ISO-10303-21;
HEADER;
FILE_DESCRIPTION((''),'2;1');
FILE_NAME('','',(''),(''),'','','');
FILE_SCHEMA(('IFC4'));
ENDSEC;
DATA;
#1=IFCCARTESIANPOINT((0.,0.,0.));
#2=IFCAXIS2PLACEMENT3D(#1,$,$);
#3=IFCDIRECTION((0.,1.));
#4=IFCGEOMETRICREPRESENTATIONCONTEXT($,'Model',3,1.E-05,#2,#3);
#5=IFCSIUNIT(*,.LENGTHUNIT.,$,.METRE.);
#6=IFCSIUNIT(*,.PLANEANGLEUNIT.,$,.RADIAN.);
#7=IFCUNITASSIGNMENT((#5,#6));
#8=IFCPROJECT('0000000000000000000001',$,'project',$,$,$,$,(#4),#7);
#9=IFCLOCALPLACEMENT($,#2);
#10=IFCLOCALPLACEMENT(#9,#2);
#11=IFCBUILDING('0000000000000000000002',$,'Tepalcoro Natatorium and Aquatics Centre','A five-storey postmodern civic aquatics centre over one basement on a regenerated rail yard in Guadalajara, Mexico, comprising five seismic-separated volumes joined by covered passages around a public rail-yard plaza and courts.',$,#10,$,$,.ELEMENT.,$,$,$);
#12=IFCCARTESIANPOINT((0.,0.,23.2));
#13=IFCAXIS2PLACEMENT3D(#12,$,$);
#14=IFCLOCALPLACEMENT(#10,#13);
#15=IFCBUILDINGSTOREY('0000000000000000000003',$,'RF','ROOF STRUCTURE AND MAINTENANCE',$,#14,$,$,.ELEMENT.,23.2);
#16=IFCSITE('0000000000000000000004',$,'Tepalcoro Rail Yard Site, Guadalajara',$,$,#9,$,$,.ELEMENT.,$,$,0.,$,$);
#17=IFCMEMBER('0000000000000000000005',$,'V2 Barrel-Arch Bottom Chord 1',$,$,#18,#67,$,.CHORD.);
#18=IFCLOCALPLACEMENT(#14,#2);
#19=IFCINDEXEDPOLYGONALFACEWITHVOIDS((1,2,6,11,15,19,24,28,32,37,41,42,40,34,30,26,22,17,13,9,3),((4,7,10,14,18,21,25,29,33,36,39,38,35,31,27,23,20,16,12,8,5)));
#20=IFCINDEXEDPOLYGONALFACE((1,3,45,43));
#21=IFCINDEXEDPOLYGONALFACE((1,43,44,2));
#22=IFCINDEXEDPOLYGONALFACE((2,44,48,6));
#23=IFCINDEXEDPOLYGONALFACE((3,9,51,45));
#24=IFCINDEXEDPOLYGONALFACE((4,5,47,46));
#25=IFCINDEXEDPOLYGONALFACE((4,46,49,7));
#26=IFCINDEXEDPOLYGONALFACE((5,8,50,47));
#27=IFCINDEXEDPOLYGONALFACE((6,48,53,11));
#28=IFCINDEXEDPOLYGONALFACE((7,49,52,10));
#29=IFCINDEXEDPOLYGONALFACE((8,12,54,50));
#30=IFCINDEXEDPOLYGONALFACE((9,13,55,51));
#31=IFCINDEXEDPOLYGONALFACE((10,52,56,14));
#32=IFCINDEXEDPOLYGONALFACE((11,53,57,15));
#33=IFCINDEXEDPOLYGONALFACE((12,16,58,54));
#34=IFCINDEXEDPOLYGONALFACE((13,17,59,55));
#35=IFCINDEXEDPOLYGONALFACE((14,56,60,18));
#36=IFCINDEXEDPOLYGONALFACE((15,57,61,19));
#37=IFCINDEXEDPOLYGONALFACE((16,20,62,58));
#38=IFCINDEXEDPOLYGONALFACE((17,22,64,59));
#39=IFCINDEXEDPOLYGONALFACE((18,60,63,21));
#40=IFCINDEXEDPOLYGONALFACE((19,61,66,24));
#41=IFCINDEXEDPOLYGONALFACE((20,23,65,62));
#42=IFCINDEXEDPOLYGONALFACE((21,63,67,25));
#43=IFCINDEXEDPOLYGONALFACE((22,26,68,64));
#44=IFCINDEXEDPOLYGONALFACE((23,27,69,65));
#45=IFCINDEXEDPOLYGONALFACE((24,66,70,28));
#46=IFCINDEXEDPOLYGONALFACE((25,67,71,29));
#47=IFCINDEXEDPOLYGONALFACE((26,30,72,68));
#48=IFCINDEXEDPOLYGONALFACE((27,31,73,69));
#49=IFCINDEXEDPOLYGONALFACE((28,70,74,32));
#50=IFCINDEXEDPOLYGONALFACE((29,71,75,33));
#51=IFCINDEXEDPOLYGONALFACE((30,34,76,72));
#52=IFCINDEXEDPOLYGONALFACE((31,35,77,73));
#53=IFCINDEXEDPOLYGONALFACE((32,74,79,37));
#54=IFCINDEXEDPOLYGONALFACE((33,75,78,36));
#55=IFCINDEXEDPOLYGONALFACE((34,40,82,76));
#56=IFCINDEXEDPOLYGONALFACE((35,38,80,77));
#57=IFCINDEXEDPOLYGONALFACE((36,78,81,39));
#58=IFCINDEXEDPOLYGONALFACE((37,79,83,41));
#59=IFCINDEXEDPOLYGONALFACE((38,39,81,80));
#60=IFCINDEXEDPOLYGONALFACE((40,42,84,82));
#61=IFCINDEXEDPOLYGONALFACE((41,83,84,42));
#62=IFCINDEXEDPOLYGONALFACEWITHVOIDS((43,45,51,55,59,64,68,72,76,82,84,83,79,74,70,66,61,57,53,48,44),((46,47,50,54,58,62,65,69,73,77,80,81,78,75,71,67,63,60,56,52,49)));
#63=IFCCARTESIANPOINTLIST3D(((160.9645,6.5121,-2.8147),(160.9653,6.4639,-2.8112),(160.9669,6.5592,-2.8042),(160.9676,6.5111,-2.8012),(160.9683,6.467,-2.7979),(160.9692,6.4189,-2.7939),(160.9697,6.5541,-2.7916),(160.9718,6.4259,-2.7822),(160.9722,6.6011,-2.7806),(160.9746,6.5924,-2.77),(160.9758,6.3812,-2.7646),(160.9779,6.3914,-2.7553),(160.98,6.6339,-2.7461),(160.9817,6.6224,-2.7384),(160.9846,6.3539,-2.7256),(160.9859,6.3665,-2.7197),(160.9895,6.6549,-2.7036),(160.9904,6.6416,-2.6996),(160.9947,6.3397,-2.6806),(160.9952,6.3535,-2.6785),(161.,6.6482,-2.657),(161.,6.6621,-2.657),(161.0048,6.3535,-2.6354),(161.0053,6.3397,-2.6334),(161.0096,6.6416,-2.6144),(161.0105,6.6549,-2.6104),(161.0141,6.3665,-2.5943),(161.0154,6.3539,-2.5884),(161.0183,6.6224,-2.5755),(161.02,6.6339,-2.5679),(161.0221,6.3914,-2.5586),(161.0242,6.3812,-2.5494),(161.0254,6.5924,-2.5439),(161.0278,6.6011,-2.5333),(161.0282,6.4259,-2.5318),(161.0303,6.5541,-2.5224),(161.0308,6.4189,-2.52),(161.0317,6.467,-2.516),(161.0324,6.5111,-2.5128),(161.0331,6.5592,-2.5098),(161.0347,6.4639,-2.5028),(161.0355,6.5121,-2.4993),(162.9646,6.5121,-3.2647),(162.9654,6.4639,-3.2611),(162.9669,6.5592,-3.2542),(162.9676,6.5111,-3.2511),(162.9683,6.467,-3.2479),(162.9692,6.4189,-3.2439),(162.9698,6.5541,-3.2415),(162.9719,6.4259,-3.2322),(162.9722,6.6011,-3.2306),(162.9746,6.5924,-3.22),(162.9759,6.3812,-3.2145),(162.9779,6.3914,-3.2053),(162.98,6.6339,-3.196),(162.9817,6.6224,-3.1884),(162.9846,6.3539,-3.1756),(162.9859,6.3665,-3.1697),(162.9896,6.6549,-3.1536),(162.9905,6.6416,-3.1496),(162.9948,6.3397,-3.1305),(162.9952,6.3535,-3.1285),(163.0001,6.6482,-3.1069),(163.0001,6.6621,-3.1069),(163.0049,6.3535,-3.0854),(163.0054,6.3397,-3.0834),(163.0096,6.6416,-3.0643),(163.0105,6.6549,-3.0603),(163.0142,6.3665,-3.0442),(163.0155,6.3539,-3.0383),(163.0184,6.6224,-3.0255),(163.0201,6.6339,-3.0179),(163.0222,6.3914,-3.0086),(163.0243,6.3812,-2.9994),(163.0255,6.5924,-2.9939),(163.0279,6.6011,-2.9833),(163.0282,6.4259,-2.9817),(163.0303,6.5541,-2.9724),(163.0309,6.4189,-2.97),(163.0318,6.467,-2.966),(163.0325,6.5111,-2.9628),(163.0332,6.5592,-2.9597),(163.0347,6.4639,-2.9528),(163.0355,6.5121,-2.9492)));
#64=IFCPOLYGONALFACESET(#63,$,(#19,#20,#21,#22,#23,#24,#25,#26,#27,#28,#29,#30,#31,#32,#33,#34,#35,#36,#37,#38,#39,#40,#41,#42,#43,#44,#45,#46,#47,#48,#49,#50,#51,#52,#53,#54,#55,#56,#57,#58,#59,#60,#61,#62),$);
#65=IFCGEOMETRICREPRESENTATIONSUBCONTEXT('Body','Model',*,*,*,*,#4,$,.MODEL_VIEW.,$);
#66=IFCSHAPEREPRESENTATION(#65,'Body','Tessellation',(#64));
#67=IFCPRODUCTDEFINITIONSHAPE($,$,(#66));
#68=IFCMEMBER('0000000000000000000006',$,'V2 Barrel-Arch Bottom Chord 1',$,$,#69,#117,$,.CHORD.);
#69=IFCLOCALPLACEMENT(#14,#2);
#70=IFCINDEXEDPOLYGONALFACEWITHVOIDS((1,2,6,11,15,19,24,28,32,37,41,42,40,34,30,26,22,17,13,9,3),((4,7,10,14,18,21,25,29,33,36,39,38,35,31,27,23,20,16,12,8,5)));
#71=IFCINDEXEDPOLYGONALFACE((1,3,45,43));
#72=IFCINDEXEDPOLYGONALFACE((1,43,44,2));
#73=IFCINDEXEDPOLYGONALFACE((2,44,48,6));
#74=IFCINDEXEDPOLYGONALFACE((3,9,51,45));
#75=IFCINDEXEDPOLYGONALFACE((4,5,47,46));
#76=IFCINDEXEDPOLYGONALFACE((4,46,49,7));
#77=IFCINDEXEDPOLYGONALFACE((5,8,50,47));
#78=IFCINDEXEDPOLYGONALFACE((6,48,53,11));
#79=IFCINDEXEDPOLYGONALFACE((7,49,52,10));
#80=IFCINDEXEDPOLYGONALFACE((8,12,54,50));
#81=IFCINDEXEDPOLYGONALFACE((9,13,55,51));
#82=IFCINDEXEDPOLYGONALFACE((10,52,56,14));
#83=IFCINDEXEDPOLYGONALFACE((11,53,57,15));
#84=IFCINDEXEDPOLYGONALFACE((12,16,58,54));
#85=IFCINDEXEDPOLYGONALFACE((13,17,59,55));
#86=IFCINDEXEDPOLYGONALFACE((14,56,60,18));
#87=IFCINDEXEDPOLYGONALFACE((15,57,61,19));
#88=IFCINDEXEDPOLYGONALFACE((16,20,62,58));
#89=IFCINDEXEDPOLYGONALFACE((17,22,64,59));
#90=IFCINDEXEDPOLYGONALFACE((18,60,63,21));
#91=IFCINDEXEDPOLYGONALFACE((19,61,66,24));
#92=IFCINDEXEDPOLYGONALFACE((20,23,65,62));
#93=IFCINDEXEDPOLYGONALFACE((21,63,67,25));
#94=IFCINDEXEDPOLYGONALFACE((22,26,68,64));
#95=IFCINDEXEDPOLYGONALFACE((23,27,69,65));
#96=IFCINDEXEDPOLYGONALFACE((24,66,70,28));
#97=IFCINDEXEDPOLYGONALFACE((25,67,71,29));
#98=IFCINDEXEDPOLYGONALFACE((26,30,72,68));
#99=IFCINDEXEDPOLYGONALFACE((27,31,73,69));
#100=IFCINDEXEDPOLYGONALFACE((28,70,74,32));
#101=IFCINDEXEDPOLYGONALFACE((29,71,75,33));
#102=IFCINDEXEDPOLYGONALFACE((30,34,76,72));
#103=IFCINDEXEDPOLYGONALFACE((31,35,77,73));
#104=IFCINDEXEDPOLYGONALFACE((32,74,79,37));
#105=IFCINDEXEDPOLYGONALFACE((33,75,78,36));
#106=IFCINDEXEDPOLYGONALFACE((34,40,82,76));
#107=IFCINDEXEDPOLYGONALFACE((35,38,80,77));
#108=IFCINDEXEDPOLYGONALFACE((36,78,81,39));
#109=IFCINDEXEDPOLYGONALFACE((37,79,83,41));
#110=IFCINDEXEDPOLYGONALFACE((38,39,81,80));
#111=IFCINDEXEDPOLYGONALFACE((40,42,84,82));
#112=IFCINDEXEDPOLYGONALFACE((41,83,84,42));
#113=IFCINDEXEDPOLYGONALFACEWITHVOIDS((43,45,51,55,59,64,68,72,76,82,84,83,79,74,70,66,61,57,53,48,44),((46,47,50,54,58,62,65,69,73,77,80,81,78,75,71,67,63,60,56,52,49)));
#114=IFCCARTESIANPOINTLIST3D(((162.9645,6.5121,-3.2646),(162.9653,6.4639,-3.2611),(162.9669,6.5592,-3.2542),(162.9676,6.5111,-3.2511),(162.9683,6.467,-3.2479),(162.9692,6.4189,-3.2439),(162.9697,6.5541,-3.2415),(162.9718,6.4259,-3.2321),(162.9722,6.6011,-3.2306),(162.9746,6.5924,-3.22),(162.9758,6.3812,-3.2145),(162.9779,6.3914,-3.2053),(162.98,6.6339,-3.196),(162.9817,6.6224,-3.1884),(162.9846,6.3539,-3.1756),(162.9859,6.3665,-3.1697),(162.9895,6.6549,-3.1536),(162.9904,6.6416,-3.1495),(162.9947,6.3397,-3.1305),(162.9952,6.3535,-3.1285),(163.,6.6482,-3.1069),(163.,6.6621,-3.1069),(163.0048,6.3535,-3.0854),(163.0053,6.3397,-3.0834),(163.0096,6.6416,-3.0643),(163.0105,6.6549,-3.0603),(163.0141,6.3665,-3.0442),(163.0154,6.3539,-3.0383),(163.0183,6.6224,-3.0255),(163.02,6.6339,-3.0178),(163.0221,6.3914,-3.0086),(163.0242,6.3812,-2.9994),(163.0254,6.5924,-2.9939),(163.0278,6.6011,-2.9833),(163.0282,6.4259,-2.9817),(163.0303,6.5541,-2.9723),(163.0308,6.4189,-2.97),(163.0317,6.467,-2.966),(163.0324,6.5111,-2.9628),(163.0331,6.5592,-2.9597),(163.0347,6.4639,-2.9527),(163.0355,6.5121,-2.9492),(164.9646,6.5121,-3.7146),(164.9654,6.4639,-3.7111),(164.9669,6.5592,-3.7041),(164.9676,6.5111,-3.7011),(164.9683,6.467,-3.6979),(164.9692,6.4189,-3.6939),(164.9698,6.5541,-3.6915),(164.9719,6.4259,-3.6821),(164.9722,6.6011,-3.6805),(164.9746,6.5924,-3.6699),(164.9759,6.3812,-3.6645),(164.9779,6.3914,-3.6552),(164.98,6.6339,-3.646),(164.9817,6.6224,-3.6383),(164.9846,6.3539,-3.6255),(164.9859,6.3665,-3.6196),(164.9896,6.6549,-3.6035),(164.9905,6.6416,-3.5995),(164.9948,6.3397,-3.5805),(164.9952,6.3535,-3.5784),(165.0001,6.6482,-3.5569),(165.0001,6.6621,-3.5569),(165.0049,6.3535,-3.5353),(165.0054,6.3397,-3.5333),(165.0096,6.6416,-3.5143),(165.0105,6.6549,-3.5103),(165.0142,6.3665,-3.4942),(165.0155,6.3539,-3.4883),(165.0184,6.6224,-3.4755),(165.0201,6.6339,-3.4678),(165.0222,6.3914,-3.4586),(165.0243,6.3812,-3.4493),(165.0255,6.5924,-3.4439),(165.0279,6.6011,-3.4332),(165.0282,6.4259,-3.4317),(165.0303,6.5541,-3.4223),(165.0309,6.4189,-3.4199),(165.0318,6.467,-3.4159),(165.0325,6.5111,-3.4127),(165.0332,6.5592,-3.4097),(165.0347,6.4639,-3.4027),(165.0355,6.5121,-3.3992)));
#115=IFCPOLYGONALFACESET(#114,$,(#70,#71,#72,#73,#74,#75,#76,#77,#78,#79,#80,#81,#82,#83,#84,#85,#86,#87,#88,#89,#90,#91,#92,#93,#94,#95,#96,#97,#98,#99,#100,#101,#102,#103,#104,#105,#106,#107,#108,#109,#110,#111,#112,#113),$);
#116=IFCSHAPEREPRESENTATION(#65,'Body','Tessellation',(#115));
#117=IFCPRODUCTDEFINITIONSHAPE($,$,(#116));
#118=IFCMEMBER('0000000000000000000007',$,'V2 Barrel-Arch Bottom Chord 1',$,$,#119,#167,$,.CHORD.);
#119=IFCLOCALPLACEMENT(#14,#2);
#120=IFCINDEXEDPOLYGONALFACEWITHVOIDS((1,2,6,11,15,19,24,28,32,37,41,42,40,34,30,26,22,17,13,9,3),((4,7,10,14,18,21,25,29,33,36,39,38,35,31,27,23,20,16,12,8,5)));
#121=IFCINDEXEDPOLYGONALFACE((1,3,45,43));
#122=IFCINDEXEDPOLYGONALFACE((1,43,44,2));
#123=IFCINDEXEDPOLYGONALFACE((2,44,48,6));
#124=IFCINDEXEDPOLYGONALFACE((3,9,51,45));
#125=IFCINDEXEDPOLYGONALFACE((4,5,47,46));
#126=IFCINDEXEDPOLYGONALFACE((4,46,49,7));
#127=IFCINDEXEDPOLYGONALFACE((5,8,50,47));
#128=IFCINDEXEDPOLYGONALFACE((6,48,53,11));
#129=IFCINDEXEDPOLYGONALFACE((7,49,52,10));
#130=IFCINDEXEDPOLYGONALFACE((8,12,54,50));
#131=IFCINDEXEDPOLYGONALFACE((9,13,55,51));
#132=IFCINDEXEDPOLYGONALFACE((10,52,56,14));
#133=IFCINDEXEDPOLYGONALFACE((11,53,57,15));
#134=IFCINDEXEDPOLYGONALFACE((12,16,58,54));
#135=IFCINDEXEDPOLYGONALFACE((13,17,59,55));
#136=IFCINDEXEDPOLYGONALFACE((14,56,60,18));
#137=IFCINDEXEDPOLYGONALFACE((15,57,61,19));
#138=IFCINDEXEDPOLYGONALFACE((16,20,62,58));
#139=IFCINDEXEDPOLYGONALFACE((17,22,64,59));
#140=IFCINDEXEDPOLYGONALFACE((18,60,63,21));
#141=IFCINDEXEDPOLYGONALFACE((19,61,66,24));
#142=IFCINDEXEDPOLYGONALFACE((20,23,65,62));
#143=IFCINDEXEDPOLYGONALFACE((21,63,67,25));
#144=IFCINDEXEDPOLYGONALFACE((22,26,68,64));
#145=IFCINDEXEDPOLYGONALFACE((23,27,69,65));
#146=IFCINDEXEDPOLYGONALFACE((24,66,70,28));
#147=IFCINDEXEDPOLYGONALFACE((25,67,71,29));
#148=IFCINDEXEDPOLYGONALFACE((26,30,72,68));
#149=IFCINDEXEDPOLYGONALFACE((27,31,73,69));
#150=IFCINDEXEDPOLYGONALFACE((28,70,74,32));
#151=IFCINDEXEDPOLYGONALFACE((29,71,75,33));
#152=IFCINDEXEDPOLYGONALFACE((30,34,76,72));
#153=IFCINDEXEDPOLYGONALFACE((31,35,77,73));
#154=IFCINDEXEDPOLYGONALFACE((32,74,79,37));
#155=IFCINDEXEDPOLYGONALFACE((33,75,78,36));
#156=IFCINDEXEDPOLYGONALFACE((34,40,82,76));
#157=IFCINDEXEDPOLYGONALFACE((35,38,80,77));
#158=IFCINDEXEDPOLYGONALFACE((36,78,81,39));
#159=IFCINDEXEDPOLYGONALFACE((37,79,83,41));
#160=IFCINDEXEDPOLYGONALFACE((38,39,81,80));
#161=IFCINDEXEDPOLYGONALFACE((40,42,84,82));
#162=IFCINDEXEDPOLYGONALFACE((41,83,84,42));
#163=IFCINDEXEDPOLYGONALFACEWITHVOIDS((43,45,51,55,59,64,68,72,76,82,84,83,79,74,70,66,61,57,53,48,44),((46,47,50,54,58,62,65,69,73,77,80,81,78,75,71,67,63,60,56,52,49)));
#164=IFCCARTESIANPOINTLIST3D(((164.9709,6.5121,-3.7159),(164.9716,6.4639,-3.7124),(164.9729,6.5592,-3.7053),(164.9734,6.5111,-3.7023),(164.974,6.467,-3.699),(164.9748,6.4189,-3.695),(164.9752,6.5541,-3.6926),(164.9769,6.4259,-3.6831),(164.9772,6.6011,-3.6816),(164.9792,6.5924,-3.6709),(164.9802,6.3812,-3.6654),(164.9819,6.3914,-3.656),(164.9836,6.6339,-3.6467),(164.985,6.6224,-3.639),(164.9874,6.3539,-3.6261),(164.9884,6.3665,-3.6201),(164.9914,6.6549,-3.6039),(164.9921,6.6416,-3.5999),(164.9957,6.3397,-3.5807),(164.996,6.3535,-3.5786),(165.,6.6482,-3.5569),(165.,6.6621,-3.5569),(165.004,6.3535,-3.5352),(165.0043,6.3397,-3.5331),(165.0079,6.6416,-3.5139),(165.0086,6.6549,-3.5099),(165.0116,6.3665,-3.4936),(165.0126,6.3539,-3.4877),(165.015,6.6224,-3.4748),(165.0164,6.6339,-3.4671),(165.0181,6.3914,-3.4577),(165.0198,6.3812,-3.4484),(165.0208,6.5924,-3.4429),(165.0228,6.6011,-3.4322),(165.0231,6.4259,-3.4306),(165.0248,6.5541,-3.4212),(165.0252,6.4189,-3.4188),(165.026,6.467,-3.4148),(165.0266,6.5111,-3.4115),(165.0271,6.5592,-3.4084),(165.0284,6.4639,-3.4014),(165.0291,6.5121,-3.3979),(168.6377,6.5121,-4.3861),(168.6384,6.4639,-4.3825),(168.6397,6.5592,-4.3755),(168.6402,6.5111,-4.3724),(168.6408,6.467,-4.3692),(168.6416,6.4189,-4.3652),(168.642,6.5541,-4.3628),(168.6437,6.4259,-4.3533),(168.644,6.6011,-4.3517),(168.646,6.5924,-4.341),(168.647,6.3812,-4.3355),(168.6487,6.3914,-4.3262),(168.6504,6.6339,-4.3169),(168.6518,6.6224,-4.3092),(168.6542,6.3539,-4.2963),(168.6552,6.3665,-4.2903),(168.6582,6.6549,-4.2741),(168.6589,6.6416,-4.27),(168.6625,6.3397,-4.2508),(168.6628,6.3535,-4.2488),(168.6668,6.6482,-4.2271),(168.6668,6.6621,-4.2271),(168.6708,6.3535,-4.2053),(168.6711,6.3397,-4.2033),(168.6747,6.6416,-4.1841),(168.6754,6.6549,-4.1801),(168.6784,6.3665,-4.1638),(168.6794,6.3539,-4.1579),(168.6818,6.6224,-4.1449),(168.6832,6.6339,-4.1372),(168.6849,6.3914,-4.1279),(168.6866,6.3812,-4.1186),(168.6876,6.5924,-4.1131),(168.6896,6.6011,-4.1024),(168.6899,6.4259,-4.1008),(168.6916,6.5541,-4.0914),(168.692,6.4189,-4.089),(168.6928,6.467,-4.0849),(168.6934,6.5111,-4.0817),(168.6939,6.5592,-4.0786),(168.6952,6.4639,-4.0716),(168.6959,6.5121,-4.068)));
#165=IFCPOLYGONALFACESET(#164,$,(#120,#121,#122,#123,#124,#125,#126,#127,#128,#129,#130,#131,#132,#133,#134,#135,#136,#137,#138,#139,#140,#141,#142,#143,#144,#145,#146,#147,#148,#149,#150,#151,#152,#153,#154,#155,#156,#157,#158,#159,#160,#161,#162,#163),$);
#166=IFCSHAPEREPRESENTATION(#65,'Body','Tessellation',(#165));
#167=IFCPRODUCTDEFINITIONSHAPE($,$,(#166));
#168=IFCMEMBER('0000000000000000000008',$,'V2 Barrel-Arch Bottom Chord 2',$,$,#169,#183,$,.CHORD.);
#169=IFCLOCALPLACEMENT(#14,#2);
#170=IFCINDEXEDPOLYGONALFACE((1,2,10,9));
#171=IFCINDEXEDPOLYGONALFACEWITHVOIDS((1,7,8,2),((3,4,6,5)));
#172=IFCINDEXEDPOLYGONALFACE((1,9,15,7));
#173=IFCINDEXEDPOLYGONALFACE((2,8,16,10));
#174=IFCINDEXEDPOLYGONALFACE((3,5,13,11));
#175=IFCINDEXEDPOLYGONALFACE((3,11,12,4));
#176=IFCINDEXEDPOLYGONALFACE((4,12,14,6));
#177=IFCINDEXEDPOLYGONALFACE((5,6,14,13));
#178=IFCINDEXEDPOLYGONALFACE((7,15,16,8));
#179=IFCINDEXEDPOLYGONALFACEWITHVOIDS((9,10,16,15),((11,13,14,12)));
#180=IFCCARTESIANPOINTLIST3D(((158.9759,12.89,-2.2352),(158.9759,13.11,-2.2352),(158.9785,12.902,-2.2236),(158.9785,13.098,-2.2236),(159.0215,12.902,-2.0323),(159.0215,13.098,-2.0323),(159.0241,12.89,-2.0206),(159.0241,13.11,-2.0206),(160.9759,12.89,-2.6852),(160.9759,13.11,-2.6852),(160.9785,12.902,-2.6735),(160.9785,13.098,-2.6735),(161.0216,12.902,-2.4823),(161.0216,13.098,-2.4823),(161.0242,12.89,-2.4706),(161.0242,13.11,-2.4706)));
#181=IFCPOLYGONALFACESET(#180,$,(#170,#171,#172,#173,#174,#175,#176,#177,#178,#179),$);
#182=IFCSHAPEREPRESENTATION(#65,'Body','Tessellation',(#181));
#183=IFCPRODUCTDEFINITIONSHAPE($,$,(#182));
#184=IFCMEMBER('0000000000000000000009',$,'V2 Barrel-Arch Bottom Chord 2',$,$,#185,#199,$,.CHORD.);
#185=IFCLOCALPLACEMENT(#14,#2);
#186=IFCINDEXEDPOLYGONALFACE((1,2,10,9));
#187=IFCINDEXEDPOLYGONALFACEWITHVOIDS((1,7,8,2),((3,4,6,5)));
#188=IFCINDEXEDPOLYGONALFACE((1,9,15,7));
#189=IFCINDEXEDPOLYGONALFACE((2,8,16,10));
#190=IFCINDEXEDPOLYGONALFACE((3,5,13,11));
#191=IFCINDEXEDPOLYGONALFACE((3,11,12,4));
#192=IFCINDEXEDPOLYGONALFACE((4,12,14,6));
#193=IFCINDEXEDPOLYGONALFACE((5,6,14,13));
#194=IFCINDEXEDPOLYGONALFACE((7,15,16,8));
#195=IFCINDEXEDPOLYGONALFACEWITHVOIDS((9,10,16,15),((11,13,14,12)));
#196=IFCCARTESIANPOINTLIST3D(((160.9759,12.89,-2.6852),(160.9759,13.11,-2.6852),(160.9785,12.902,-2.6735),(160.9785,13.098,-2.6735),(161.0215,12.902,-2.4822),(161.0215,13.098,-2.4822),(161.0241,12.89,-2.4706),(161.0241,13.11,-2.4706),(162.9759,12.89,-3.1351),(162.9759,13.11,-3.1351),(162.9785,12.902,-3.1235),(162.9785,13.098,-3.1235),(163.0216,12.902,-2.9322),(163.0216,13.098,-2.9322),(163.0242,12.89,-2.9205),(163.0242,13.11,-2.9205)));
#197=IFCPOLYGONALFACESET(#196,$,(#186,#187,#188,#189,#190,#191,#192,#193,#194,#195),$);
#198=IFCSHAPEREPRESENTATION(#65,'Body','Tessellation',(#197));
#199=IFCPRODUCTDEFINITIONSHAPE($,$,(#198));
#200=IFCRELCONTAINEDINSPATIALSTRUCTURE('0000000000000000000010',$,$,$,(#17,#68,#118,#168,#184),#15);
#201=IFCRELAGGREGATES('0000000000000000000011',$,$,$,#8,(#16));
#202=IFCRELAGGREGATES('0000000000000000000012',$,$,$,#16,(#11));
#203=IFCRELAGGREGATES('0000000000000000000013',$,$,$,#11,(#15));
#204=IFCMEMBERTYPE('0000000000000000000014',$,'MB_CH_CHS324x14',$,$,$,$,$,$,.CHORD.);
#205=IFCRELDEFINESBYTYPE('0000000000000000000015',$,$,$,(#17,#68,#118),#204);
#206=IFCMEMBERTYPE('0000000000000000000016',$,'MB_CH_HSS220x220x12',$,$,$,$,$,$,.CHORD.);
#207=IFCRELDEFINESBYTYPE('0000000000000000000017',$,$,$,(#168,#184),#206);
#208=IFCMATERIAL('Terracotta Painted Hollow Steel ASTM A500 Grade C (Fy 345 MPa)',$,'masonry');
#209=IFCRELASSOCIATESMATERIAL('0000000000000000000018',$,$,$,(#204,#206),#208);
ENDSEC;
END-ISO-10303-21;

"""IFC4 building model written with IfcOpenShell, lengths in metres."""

from ifc_helpers import new_model, si_unit, direction, frame, origin, origin_2d, place, context, subcontext, project, spatial, hollow_rectangle, hollow_circle, extrude, material, material_profile, profile_set, type_object, element, save


model = new_model("IFC4")

# Units and contexts
model_context = context("Model", 3, precision=1e-05, world=origin(), true_north=direction((0.0, 1.0)))
body_context = subcontext(model_context, "Body", "Model", "MODEL_VIEW")
ifc_project = project(units=[si_unit("LENGTHUNIT", "METRE"), si_unit("PLANEANGLEUNIT", "RADIAN")], contexts=[model_context])

# Site, building, storey
site_placement = place(None, origin())
site = spatial("IfcSite", under=ifc_project, at=site_placement, Name="Tepalcoro Rail Yard Site, Guadalajara", CompositionType="ELEMENT", RefElevation=0.0)
building_placement = place(site_placement, origin())
building = spatial("IfcBuilding", under=site, at=building_placement, Name="Tepalcoro Natatorium and Aquatics Centre", Description="A five-storey postmodern civic aquatics centre over one basement on a regenerated rail yard in Guadalajara, Mexico, comprising five seismic-separated volumes joined by covered passages around a public rail-yard plaza and courts.", CompositionType="ELEMENT")
storey_placement = place(building_placement, frame((0.0, 0.0, 23.2)))
storey = spatial("IfcBuildingStorey", under=building, at=storey_placement, Name="RF", Description="ROOF STRUCTURE AND MAINTENANCE", CompositionType="ELEMENT", Elevation=23.2)

# Shared definitions
ifc_material_1 = material(Name="Terracotta Painted Hollow Steel ASTM A500 Grade C (Fy 345 MPa)", Category="masonry")

# Members
ifc_material_profile_1 = material_profile(ifc_material_1, hollow_circle(Radius=0.1621, WallThickness=0.0139, at=origin_2d()), Name="CHS324X14")
ifc_profile_set_1 = profile_set([ifc_material_profile_1], Name="Terracotta Painted Hollow Steel ASTM A500 Grade C (Fy 345 MPa)")
member_type_1 = type_object("IfcMemberType", Name="MB_CH_CHS324x14", PredefinedType="CHORD", material=ifc_profile_set_1)
for number, where, z_axis, x_axis, name in (
    (1, (161.0, 6.5, -2.657), (0.975615, 0.0, -0.21949), (0.0, 1.0, 0.0), "V2 Barrel-Arch Bottom Chord 1"),
    (2, (163.0, 6.5, -3.1069), (0.975615, 0.0, -0.21949), (0.0, 1.0, 0.0), "V2 Barrel-Arch Bottom Chord 1"),
):
    element("IfcMember", number, at=place(storey_placement, frame(where, z_axis=z_axis, x_axis=x_axis)), inside=storey, type_object=member_type_1, Name=name, PredefinedType="CHORD", context=body_context, shape_type="SweptSolid", body=[
        extrude(hollow_circle(Radius=0.1621, WallThickness=0.0139, at=origin_2d()), origin(), (0.0, 0.0, 1.0), 2.05),
    ])
member_1_placement = place(storey_placement, frame((165.0, 6.5, -3.5569), z_axis=(0.983705, 0.0, -0.17979), x_axis=(0.0, 1.0, 0.0)))
element("IfcMember", 3, at=member_1_placement, inside=storey, type_object=member_type_1, Name="V2 Barrel-Arch Bottom Chord 1", PredefinedType="CHORD", context=body_context, shape_type="SweptSolid", body=[
    extrude(hollow_circle(Radius=0.1621, WallThickness=0.0139, at=origin_2d()), origin(), (0.0, 0.0, 1.0), 3.7275),
])
ifc_material_profile_2 = material_profile(ifc_material_1, hollow_rectangle(XDim=0.22, YDim=0.22, WallThickness=0.012, at=origin_2d()), Name="HSS220X220X12")
ifc_profile_set_2 = profile_set([ifc_material_profile_2], Name="Terracotta Painted Hollow Steel ASTM A500 Grade C (Fy 345 MPa)")
member_type_2 = type_object("IfcMemberType", Name="MB_CH_HSS220x220x12", PredefinedType="CHORD", material=ifc_profile_set_2)
for number, where, z_axis, x_axis, name in (
    (4, (159.0, 13.0, -2.1279), (0.975615, 0.0, -0.21949), (0.0, 1.0, 0.0), "V2 Barrel-Arch Bottom Chord 2"),
    (5, (161.0, 13.0, -2.5779), (0.975615, 0.0, -0.21949), (0.0, 1.0, 0.0), "V2 Barrel-Arch Bottom Chord 2"),
):
    element("IfcMember", number, at=place(storey_placement, frame(where, z_axis=z_axis, x_axis=x_axis)), inside=storey, type_object=member_type_2, Name=name, PredefinedType="CHORD", context=body_context, shape_type="SweptSolid", body=[
        extrude(hollow_rectangle(XDim=0.22, YDim=0.22, WallThickness=0.012, at=origin_2d()), origin(), (0.0, 0.0, 1.0), 2.05),
    ])

save(model, "model.ifc")
